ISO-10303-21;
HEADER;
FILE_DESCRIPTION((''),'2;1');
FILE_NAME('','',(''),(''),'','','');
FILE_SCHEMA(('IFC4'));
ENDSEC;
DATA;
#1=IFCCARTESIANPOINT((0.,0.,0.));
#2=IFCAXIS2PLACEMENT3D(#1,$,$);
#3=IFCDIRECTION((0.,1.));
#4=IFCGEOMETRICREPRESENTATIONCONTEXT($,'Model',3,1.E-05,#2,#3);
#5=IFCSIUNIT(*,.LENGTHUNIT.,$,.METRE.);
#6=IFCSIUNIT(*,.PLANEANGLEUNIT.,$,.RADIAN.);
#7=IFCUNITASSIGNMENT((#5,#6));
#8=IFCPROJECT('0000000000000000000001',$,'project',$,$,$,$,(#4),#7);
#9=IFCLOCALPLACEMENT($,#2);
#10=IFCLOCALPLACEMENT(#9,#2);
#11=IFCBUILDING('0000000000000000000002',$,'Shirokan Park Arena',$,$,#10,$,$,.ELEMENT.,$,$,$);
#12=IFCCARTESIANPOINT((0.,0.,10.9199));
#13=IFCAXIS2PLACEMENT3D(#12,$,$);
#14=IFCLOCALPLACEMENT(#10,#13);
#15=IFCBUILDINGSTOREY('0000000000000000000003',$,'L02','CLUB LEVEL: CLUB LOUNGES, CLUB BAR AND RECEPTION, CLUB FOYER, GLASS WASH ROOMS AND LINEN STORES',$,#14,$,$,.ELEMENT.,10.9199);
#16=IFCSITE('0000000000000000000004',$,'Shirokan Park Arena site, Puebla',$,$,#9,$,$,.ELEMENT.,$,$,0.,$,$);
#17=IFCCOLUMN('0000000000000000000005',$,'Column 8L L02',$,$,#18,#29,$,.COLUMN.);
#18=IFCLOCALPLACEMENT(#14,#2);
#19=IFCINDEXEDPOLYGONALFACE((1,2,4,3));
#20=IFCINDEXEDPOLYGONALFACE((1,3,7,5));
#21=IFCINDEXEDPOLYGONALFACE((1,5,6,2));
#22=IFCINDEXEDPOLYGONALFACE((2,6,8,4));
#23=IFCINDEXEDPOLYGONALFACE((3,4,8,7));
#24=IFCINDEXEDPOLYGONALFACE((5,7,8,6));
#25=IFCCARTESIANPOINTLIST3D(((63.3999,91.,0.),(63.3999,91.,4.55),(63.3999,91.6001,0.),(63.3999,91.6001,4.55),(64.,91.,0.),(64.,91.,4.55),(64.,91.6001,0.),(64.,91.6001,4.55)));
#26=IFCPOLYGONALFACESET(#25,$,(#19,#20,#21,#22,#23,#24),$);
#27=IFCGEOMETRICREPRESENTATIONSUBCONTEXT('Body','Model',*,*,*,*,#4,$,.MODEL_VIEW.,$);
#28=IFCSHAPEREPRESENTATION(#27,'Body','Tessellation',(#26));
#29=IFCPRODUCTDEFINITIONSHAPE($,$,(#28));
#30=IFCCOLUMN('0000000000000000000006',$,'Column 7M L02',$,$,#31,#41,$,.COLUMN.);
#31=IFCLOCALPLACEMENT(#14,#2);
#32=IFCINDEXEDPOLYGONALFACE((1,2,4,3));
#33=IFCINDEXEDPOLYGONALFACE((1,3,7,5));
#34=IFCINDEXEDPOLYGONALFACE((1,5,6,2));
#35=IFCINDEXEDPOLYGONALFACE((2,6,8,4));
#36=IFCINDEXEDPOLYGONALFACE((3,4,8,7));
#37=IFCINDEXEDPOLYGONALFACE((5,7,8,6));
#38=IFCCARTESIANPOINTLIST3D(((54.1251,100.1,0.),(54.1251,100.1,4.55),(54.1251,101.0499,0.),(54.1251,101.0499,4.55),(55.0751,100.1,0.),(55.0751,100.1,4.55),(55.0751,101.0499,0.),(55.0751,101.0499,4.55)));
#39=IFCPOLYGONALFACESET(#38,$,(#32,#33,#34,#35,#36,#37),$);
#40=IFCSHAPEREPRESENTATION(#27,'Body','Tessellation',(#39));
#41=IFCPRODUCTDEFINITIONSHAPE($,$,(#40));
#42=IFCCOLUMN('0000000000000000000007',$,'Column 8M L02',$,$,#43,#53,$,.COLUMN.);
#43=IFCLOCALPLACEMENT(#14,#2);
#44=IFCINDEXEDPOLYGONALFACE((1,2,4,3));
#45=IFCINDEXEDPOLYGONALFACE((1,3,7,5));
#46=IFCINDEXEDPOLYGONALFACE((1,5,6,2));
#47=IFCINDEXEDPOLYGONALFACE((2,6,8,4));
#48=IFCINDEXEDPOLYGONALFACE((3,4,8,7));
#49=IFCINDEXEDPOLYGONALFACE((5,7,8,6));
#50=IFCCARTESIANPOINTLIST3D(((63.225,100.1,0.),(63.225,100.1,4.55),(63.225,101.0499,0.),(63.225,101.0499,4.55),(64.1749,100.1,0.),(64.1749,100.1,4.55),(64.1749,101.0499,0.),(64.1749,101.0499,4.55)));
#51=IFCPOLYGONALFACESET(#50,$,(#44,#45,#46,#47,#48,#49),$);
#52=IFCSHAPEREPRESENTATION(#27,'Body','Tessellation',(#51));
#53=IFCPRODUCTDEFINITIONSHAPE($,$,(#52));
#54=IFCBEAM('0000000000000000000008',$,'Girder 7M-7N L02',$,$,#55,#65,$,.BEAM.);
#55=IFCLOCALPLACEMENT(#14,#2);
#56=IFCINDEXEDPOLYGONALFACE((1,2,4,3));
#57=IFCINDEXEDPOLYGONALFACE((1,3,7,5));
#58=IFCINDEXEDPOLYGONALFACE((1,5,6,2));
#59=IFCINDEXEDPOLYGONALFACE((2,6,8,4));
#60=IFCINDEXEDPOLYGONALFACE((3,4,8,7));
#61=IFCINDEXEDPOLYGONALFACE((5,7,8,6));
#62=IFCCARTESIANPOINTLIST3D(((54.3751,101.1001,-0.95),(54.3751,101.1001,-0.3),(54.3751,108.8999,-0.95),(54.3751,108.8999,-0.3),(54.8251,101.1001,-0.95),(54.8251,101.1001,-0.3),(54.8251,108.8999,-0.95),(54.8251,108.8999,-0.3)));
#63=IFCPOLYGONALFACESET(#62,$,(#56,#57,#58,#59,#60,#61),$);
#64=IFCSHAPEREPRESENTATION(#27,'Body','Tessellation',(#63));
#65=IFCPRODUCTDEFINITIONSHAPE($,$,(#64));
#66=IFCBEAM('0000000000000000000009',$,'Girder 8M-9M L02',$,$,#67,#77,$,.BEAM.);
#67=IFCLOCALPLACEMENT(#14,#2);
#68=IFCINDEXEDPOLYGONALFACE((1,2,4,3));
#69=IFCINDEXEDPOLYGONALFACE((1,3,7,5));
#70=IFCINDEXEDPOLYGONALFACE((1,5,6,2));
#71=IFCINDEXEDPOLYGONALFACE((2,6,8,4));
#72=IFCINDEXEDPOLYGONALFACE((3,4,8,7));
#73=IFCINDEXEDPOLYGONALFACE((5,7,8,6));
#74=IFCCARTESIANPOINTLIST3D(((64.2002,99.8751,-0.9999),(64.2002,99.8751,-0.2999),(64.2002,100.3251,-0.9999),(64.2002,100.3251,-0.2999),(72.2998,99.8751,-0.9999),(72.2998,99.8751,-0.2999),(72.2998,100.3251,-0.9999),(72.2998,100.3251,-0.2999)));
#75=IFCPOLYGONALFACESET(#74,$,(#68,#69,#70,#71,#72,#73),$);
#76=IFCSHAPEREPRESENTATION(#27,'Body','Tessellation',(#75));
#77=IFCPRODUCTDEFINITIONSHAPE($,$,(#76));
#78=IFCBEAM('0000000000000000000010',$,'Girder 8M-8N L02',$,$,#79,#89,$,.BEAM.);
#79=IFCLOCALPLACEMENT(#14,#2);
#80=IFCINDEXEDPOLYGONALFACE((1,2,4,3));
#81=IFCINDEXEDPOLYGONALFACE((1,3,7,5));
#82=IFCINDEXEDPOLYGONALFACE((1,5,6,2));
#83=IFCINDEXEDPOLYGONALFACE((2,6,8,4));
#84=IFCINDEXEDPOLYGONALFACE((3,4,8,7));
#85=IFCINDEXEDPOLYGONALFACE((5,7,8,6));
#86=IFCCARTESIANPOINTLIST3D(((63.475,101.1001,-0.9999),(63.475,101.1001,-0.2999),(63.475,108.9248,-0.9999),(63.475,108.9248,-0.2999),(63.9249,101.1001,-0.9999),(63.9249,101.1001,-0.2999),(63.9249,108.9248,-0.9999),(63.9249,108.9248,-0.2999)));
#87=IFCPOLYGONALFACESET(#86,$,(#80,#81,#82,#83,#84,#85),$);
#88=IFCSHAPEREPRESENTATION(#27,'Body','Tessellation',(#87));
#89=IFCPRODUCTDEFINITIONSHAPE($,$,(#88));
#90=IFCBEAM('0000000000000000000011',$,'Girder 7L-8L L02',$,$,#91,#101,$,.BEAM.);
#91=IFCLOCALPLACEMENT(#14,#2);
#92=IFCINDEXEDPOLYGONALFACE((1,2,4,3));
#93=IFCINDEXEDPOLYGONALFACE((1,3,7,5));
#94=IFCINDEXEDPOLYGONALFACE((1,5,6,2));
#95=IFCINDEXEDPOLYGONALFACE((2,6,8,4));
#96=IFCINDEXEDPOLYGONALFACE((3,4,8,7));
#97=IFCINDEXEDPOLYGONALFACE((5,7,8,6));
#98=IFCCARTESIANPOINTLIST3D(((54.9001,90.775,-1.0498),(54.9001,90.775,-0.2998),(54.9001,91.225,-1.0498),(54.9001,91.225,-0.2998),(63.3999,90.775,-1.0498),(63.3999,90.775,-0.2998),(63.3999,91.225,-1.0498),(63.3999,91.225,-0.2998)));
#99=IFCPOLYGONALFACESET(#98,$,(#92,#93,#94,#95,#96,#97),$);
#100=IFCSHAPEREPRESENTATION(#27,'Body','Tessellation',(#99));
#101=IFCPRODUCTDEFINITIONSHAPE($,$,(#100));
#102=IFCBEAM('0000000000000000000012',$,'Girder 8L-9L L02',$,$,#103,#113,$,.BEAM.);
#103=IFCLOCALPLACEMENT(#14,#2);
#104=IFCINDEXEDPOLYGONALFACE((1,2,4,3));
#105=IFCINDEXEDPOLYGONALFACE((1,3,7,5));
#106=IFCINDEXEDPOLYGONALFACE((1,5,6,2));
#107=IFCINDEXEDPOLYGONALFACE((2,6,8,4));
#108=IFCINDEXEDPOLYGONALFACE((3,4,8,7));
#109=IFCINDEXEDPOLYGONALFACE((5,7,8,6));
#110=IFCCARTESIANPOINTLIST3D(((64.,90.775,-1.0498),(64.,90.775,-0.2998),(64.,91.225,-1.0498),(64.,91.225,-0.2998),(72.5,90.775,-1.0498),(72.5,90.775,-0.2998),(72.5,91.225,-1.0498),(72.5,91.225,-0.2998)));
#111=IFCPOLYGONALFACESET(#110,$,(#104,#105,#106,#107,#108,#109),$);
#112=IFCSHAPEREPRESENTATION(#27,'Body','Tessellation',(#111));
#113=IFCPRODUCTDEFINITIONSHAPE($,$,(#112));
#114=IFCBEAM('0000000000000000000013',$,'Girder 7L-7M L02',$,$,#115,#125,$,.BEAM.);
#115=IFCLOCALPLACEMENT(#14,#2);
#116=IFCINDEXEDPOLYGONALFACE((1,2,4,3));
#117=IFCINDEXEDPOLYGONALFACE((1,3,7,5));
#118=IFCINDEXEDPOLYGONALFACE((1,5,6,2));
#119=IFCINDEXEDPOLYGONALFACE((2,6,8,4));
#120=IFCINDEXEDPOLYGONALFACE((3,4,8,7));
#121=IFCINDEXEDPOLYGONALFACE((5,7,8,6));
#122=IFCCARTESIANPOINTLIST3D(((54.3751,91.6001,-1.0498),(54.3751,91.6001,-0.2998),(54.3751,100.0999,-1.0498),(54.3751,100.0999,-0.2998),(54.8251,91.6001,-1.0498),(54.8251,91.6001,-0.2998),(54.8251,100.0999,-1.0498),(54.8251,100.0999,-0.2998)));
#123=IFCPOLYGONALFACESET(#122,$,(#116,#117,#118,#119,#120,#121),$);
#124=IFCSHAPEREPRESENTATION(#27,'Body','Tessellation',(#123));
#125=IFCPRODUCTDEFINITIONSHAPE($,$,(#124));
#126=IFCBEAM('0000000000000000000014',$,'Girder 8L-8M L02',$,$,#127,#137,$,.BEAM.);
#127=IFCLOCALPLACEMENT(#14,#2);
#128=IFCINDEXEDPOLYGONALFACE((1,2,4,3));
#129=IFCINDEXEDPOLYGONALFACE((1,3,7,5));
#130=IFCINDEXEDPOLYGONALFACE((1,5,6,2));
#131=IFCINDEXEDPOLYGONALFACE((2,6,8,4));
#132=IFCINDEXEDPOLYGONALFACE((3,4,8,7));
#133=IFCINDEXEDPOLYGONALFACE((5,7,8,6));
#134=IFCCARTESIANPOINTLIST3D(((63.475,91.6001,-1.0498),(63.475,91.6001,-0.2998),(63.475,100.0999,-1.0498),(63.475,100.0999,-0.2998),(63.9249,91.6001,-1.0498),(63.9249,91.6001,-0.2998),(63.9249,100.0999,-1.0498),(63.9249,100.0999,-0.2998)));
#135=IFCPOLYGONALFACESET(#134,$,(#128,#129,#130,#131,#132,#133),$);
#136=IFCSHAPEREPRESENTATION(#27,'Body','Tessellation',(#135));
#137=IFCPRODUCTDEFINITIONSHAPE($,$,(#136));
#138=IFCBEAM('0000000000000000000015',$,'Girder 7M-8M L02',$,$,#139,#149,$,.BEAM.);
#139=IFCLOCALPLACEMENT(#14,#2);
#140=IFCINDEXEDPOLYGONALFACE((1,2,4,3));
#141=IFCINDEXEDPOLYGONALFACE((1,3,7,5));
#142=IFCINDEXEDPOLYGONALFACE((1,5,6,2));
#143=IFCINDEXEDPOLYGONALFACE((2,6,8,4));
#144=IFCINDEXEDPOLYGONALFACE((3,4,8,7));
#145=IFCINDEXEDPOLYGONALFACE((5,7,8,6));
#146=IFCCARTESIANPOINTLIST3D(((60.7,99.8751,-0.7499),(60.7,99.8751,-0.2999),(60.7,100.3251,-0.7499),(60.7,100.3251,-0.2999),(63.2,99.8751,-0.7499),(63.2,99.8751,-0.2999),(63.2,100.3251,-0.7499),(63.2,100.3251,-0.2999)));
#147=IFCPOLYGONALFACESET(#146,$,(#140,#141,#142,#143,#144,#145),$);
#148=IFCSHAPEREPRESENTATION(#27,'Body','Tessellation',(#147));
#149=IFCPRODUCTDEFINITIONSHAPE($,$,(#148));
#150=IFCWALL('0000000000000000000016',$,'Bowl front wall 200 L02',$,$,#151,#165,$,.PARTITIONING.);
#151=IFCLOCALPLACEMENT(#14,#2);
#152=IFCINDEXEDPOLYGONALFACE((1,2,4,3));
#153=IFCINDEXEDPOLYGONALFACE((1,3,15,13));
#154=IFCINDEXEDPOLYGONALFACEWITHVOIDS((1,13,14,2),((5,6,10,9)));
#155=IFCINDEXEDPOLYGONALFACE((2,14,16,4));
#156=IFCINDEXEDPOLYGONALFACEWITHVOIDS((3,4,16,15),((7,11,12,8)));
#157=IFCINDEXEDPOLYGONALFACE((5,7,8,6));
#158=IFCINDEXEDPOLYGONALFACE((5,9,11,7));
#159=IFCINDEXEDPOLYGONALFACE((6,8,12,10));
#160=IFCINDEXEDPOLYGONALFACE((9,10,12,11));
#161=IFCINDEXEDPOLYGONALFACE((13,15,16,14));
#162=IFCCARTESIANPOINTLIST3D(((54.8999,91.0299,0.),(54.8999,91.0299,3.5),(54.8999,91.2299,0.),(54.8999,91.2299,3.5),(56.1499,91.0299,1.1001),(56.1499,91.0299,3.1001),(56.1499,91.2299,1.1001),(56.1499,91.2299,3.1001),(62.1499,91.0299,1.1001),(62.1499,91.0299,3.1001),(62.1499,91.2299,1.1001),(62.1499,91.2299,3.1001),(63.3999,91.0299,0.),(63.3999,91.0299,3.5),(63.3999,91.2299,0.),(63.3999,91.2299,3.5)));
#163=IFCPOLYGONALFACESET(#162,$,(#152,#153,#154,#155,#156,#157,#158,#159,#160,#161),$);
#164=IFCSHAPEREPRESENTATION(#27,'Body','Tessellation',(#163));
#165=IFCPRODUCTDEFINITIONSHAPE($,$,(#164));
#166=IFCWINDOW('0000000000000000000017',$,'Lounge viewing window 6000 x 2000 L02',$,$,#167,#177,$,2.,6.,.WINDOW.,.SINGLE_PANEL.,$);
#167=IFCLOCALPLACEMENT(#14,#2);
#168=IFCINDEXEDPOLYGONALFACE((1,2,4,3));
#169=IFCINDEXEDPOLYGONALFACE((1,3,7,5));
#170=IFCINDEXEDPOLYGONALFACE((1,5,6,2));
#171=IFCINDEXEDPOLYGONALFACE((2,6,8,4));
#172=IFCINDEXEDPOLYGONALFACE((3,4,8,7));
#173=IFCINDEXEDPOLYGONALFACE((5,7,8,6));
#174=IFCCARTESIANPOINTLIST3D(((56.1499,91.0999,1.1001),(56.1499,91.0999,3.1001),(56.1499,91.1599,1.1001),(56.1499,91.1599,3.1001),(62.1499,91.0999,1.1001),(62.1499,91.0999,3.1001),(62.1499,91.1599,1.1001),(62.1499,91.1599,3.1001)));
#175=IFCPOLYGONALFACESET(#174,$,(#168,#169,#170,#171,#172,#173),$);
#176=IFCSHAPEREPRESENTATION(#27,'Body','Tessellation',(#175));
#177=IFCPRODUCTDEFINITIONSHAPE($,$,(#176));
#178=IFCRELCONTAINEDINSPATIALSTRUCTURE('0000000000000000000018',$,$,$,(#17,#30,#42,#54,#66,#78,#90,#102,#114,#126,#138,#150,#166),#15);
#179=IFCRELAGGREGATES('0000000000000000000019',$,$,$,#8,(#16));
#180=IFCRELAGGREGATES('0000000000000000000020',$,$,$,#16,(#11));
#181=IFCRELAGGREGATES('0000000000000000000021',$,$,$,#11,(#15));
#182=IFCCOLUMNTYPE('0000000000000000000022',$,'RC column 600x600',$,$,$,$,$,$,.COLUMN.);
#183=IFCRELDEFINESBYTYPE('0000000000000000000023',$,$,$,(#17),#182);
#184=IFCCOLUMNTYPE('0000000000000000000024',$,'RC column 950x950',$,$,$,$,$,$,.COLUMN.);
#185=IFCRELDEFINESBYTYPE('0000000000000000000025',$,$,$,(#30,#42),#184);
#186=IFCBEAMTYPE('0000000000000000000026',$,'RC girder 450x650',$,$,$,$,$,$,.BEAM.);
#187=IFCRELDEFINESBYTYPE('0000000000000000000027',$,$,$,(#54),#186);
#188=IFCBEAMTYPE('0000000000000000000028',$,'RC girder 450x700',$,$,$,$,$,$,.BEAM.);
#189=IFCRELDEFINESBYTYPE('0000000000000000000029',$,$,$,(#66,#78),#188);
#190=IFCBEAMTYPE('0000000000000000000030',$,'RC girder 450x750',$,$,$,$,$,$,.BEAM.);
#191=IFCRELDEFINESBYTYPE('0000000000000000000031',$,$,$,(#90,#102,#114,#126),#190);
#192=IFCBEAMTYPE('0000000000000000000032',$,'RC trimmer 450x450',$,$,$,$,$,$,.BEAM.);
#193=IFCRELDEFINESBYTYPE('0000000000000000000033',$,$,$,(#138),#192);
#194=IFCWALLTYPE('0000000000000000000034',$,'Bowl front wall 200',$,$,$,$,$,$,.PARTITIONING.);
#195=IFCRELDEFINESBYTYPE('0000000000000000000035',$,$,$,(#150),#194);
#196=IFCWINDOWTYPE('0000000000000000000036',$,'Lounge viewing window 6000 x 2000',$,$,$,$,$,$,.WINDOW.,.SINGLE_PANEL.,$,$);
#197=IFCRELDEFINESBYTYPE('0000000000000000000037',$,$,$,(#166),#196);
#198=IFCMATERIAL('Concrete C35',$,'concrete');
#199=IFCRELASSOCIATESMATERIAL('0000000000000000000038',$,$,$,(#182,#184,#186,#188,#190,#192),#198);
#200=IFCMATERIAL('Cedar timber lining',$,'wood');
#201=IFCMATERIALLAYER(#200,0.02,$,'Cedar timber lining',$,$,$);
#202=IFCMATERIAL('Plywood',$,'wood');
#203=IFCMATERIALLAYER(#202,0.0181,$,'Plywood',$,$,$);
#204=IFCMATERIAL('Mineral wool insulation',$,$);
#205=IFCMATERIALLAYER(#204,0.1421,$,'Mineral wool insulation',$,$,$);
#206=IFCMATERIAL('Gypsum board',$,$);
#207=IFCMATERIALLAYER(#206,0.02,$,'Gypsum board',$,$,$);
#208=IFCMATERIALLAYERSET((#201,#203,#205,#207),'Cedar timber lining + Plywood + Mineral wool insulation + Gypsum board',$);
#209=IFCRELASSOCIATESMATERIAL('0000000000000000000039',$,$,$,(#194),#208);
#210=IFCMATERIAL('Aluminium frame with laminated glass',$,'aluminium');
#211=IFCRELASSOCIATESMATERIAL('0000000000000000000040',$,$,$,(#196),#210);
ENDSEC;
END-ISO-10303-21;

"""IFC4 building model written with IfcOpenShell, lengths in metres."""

from ifc_helpers import new_model, si_unit, direction, frame, frame_2d, origin, origin_2d, place, context, subcontext, project, spatial, rectangle, extrude, material, layer, layer_set, material_profile, profile_set, type_object, element, fill, save


model = new_model("IFC4")

# Units and contexts
model_context = context("Model", 3, precision=1e-05, world=origin(), true_north=direction((0.0, 1.0)))
body_context = subcontext(model_context, "Body", "Model", "MODEL_VIEW")
ifc_project = project(units=[si_unit("LENGTHUNIT", "METRE"), si_unit("PLANEANGLEUNIT", "RADIAN")], contexts=[model_context])

# Site, building, storey
site_placement = place(None, origin())
site = spatial("IfcSite", under=ifc_project, at=site_placement, Name="Shirokan Park Arena site, Puebla", CompositionType="ELEMENT", RefElevation=0.0)
building_placement = place(site_placement, origin())
building = spatial("IfcBuilding", under=site, at=building_placement, Name="Shirokan Park Arena", CompositionType="ELEMENT")
storey_placement = place(building_placement, frame((0.0, 0.0, 10.9199)))
storey = spatial("IfcBuildingStorey", under=building, at=storey_placement, Name="L02", Description="CLUB LEVEL: CLUB LOUNGES, CLUB BAR AND RECEPTION, CLUB FOYER, GLASS WASH ROOMS AND LINEN STORES", CompositionType="ELEMENT", Elevation=10.9199)

# Columns
ifc_material_1 = material(Name="Concrete C35", Category="concrete")
ifc_material_profile_1 = material_profile(ifc_material_1, rectangle(XDim=0.6001, YDim=0.6001, at=origin_2d()), Name="600x600")
ifc_profile_set_1 = profile_set([ifc_material_profile_1], Name="Concrete C35")
column_type_1 = type_object("IfcColumnType", Name="RC column 600x600", PredefinedType="COLUMN", material=ifc_profile_set_1)
column_placement = place(storey_placement, frame((63.7, 91.3, 0.0), z_axis=(0.0, 0.0, 1.0), x_axis=(1.0, 0.0, 0.0)))
element("IfcColumn", 1, at=column_placement, inside=storey, type_object=column_type_1, Name="Column 8L L02", PredefinedType="COLUMN", context=body_context, shape_type="SweptSolid", body=[
    extrude(rectangle(XDim=0.6001, YDim=0.6001, at=origin_2d()), origin(), (0.0, 0.0, 1.0), 4.55),
])
ifc_material_profile_2 = material_profile(ifc_material_1, rectangle(XDim=0.95, YDim=0.95, at=origin_2d()), Name="950x950")
ifc_profile_set_2 = profile_set([ifc_material_profile_2], Name="Concrete C35")
column_type_2 = type_object("IfcColumnType", Name="RC column 950x950", PredefinedType="COLUMN", material=ifc_profile_set_2)
for number, where, z_axis, x_axis, name in (
    (2, (54.6001, 100.575, 0.0), (0.0, 0.0, 1.0), (1.0, 0.0, 0.0), "Column 7M L02"),
    (3, (63.7, 100.575, 0.0), (0.0, 0.0, 1.0), (1.0, 0.0, 0.0), "Column 8M L02"),
):
    element("IfcColumn", number, at=place(storey_placement, frame(where, z_axis=z_axis, x_axis=x_axis)), inside=storey, type_object=column_type_2, Name=name, PredefinedType="COLUMN", context=body_context, shape_type="SweptSolid", body=[
        extrude(rectangle(XDim=0.95, YDim=0.95, at=origin_2d()), origin(), (0.0, 0.0, 1.0), 4.55),
    ])

# Beams
ifc_material_profile_3 = material_profile(ifc_material_1, rectangle(XDim=0.45, YDim=0.6499, at=origin_2d()), Name="450x650")
ifc_profile_set_3 = profile_set([ifc_material_profile_3], Name="Concrete C35")
beam_type_1 = type_object("IfcBeamType", Name="RC girder 450x650", PredefinedType="BEAM", material=ifc_profile_set_3)
beam_1_placement = place(storey_placement, frame((54.6001, 101.1001, -0.625), z_axis=(0.0, 1.0, 0.0), x_axis=(-1.0, 0.0, 0.0)))
element("IfcBeam", 4, at=beam_1_placement, inside=storey, type_object=beam_type_1, Name="Girder 7M-7N L02", PredefinedType="BEAM", context=body_context, shape_type="SweptSolid", body=[
    extrude(rectangle(XDim=0.45, YDim=0.6499, at=origin_2d()), origin(), (0.0, 0.0, 1.0), 7.7998),
])
ifc_material_profile_4 = material_profile(ifc_material_1, rectangle(XDim=0.45, YDim=0.7, at=origin_2d()), Name="450x700")
ifc_profile_set_4 = profile_set([ifc_material_profile_4], Name="Concrete C35")
beam_type_2 = type_object("IfcBeamType", Name="RC girder 450x700", PredefinedType="BEAM", material=ifc_profile_set_4)
beam_2_placement = place(storey_placement, frame((64.2002, 100.1001, -0.6499), z_axis=(1.0, 0.0, 0.0), x_axis=(0.0, 1.0, 0.0)))
element("IfcBeam", 5, at=beam_2_placement, inside=storey, type_object=beam_type_2, Name="Girder 8M-9M L02", PredefinedType="BEAM", context=body_context, shape_type="SweptSolid", body=[
    extrude(rectangle(XDim=0.45, YDim=0.7, at=origin_2d()), origin(), (0.0, 0.0, 1.0), 8.0996),
])
beam_3_placement = place(storey_placement, frame((63.7, 101.1001, -0.6499), z_axis=(0.0, 1.0, 0.0), x_axis=(-1.0, 0.0, 0.0)))
element("IfcBeam", 6, at=beam_3_placement, inside=storey, type_object=beam_type_2, Name="Girder 8M-8N L02", PredefinedType="BEAM", context=body_context, shape_type="SweptSolid", body=[
    extrude(rectangle(XDim=0.45, YDim=0.7, at=origin_2d()), origin(), (0.0, 0.0, 1.0), 7.8247),
])
ifc_material_profile_5 = material_profile(ifc_material_1, rectangle(XDim=0.45, YDim=0.75, at=origin_2d()), Name="450x750")
ifc_profile_set_5 = profile_set([ifc_material_profile_5], Name="Concrete C35")
beam_type_3 = type_object("IfcBeamType", Name="RC girder 450x750", PredefinedType="BEAM", material=ifc_profile_set_5)
beam_4_placement = place(storey_placement, frame((54.9001, 91.0, -0.6748), z_axis=(1.0, 0.0, 0.0), x_axis=(0.0, 1.0, 0.0)))
element("IfcBeam", 7, at=beam_4_placement, inside=storey, type_object=beam_type_3, Name="Girder 7L-8L L02", PredefinedType="BEAM", context=body_context, shape_type="SweptSolid", body=[
    extrude(rectangle(XDim=0.45, YDim=0.75, at=origin_2d()), origin(), (0.0, 0.0, 1.0), 8.4998),
])
beam_5_placement = place(storey_placement, frame((64.0, 91.0, -0.6748), z_axis=(1.0, 0.0, 0.0), x_axis=(0.0, 1.0, 0.0)))
element("IfcBeam", 8, at=beam_5_placement, inside=storey, type_object=beam_type_3, Name="Girder 8L-9L L02", PredefinedType="BEAM", context=body_context, shape_type="SweptSolid", body=[
    extrude(rectangle(XDim=0.45, YDim=0.75, at=origin_2d()), origin(), (0.0, 0.0, 1.0), 8.5),
])
for number, where, z_axis, x_axis, name in (
    (9, (54.6001, 91.6001, -0.6748), (0.0, 1.0, 0.0), (-1.0, 0.0, 0.0), "Girder 7L-7M L02"),
    (10, (63.7, 91.6001, -0.6748), (0.0, 1.0, 0.0), (-1.0, 0.0, 0.0), "Girder 8L-8M L02"),
):
    element("IfcBeam", number, at=place(storey_placement, frame(where, z_axis=z_axis, x_axis=x_axis)), inside=storey, type_object=beam_type_3, Name=name, PredefinedType="BEAM", context=body_context, shape_type="SweptSolid", body=[
        extrude(rectangle(XDim=0.45, YDim=0.75, at=origin_2d()), origin(), (0.0, 0.0, 1.0), 8.4998),
    ])
ifc_material_profile_6 = material_profile(ifc_material_1, rectangle(XDim=0.45, YDim=0.45, at=origin_2d()), Name="450x450")
ifc_profile_set_6 = profile_set([ifc_material_profile_6], Name="Concrete C35")
beam_type_4 = type_object("IfcBeamType", Name="RC trimmer 450x450", PredefinedType="BEAM", material=ifc_profile_set_6)
beam_6_placement = place(storey_placement, frame((60.7, 100.1001, -0.5249), z_axis=(1.0, 0.0, 0.0), x_axis=(0.0, 1.0, 0.0)))
element("IfcBeam", 11, at=beam_6_placement, inside=storey, type_object=beam_type_4, Name="Girder 7M-8M L02", PredefinedType="BEAM", context=body_context, shape_type="SweptSolid", body=[
    extrude(rectangle(XDim=0.45, YDim=0.45, at=origin_2d()), origin(), (0.0, 0.0, 1.0), 2.5),
])

# Wall, opening, window
ifc_material_2 = material(Name="Cedar timber lining", Category="wood")
ifc_layer_1 = layer(ifc_material_2, 0.02, Name="Cedar timber lining")
ifc_material_3 = material(Name="Plywood", Category="wood")
ifc_layer_2 = layer(ifc_material_3, 0.0181, Name="Plywood")
ifc_material_4 = material(Name="Mineral wool insulation")
ifc_layer_3 = layer(ifc_material_4, 0.1421, Name="Mineral wool insulation")
ifc_material_5 = material(Name="Gypsum board")
ifc_layer_4 = layer(ifc_material_5, 0.02, Name="Gypsum board")
ifc_layer_set_1 = layer_set([ifc_layer_1, ifc_layer_2, ifc_layer_3, ifc_layer_4], Name="Cedar timber lining + Plywood + Mineral wool insulation + Gypsum board")
wall_type_1 = type_object("IfcWallType", Name="Bowl front wall 200", PredefinedType="PARTITIONING", material=ifc_layer_set_1)
wall_1_placement = place(storey_placement, frame((63.3999, 91.1299, 0.0), z_axis=(0.0, 0.0, 1.0), x_axis=(-1.0, 0.0, 0.0)))
wall_1 = element("IfcWall", 12, at=wall_1_placement, inside=storey, type_object=wall_type_1, Name="Bowl front wall 200 L02", PredefinedType="PARTITIONING", context=body_context, shape_type="SweptSolid", body=[
    extrude(rectangle(XDim=8.5, YDim=0.2, at=frame_2d((4.25, 0.0))), origin(), (0.0, 0.0, 1.0), 3.5),
])
opening_1_placement = place(wall_1_placement, frame((1.25, 0.0, 1.1001)))
opening_1 = element("IfcOpeningElement", 13, at=opening_1_placement, cuts=wall_1, PredefinedType="OPENING", context=body_context, shape_type="SweptSolid", body=[
    extrude(rectangle(XDim=6.0, YDim=2.0, at=frame_2d((3.0, 1.0))), frame((0.0, 0.1099, 0.0), z_axis=(0.0, -1.0, 0.0), x_axis=(1.0, 0.0, 0.0)), (0.0, 0.0, 1.0), 0.22),
])
ifc_material_6 = material(Name="Aluminium frame with laminated glass", Category="aluminium")
window_type = type_object("IfcWindowType", Name="Lounge viewing window 6000 x 2000", PartitioningType="SINGLE_PANEL", PredefinedType="WINDOW", material=ifc_material_6)
window_placement = place(opening_1_placement, origin())
window = element("IfcWindow", 14, at=window_placement, inside=storey, type_object=window_type, Name="Lounge viewing window 6000 x 2000 L02", OverallHeight=2.0, OverallWidth=6.0, PartitioningType="SINGLE_PANEL", PredefinedType="WINDOW", context=body_context, shape_type="SweptSolid", body=[
    extrude(rectangle(XDim=6.0, YDim=2.0, at=frame_2d((3.0, 1.0))), frame((0.0, 0.03, 0.0), z_axis=(0.0, -1.0, 0.0), x_axis=(1.0, 0.0, 0.0)), (0.0, 0.0, 1.0), 0.0601),
])
fill(opening_1, window)

save(model, "model.ifc")
